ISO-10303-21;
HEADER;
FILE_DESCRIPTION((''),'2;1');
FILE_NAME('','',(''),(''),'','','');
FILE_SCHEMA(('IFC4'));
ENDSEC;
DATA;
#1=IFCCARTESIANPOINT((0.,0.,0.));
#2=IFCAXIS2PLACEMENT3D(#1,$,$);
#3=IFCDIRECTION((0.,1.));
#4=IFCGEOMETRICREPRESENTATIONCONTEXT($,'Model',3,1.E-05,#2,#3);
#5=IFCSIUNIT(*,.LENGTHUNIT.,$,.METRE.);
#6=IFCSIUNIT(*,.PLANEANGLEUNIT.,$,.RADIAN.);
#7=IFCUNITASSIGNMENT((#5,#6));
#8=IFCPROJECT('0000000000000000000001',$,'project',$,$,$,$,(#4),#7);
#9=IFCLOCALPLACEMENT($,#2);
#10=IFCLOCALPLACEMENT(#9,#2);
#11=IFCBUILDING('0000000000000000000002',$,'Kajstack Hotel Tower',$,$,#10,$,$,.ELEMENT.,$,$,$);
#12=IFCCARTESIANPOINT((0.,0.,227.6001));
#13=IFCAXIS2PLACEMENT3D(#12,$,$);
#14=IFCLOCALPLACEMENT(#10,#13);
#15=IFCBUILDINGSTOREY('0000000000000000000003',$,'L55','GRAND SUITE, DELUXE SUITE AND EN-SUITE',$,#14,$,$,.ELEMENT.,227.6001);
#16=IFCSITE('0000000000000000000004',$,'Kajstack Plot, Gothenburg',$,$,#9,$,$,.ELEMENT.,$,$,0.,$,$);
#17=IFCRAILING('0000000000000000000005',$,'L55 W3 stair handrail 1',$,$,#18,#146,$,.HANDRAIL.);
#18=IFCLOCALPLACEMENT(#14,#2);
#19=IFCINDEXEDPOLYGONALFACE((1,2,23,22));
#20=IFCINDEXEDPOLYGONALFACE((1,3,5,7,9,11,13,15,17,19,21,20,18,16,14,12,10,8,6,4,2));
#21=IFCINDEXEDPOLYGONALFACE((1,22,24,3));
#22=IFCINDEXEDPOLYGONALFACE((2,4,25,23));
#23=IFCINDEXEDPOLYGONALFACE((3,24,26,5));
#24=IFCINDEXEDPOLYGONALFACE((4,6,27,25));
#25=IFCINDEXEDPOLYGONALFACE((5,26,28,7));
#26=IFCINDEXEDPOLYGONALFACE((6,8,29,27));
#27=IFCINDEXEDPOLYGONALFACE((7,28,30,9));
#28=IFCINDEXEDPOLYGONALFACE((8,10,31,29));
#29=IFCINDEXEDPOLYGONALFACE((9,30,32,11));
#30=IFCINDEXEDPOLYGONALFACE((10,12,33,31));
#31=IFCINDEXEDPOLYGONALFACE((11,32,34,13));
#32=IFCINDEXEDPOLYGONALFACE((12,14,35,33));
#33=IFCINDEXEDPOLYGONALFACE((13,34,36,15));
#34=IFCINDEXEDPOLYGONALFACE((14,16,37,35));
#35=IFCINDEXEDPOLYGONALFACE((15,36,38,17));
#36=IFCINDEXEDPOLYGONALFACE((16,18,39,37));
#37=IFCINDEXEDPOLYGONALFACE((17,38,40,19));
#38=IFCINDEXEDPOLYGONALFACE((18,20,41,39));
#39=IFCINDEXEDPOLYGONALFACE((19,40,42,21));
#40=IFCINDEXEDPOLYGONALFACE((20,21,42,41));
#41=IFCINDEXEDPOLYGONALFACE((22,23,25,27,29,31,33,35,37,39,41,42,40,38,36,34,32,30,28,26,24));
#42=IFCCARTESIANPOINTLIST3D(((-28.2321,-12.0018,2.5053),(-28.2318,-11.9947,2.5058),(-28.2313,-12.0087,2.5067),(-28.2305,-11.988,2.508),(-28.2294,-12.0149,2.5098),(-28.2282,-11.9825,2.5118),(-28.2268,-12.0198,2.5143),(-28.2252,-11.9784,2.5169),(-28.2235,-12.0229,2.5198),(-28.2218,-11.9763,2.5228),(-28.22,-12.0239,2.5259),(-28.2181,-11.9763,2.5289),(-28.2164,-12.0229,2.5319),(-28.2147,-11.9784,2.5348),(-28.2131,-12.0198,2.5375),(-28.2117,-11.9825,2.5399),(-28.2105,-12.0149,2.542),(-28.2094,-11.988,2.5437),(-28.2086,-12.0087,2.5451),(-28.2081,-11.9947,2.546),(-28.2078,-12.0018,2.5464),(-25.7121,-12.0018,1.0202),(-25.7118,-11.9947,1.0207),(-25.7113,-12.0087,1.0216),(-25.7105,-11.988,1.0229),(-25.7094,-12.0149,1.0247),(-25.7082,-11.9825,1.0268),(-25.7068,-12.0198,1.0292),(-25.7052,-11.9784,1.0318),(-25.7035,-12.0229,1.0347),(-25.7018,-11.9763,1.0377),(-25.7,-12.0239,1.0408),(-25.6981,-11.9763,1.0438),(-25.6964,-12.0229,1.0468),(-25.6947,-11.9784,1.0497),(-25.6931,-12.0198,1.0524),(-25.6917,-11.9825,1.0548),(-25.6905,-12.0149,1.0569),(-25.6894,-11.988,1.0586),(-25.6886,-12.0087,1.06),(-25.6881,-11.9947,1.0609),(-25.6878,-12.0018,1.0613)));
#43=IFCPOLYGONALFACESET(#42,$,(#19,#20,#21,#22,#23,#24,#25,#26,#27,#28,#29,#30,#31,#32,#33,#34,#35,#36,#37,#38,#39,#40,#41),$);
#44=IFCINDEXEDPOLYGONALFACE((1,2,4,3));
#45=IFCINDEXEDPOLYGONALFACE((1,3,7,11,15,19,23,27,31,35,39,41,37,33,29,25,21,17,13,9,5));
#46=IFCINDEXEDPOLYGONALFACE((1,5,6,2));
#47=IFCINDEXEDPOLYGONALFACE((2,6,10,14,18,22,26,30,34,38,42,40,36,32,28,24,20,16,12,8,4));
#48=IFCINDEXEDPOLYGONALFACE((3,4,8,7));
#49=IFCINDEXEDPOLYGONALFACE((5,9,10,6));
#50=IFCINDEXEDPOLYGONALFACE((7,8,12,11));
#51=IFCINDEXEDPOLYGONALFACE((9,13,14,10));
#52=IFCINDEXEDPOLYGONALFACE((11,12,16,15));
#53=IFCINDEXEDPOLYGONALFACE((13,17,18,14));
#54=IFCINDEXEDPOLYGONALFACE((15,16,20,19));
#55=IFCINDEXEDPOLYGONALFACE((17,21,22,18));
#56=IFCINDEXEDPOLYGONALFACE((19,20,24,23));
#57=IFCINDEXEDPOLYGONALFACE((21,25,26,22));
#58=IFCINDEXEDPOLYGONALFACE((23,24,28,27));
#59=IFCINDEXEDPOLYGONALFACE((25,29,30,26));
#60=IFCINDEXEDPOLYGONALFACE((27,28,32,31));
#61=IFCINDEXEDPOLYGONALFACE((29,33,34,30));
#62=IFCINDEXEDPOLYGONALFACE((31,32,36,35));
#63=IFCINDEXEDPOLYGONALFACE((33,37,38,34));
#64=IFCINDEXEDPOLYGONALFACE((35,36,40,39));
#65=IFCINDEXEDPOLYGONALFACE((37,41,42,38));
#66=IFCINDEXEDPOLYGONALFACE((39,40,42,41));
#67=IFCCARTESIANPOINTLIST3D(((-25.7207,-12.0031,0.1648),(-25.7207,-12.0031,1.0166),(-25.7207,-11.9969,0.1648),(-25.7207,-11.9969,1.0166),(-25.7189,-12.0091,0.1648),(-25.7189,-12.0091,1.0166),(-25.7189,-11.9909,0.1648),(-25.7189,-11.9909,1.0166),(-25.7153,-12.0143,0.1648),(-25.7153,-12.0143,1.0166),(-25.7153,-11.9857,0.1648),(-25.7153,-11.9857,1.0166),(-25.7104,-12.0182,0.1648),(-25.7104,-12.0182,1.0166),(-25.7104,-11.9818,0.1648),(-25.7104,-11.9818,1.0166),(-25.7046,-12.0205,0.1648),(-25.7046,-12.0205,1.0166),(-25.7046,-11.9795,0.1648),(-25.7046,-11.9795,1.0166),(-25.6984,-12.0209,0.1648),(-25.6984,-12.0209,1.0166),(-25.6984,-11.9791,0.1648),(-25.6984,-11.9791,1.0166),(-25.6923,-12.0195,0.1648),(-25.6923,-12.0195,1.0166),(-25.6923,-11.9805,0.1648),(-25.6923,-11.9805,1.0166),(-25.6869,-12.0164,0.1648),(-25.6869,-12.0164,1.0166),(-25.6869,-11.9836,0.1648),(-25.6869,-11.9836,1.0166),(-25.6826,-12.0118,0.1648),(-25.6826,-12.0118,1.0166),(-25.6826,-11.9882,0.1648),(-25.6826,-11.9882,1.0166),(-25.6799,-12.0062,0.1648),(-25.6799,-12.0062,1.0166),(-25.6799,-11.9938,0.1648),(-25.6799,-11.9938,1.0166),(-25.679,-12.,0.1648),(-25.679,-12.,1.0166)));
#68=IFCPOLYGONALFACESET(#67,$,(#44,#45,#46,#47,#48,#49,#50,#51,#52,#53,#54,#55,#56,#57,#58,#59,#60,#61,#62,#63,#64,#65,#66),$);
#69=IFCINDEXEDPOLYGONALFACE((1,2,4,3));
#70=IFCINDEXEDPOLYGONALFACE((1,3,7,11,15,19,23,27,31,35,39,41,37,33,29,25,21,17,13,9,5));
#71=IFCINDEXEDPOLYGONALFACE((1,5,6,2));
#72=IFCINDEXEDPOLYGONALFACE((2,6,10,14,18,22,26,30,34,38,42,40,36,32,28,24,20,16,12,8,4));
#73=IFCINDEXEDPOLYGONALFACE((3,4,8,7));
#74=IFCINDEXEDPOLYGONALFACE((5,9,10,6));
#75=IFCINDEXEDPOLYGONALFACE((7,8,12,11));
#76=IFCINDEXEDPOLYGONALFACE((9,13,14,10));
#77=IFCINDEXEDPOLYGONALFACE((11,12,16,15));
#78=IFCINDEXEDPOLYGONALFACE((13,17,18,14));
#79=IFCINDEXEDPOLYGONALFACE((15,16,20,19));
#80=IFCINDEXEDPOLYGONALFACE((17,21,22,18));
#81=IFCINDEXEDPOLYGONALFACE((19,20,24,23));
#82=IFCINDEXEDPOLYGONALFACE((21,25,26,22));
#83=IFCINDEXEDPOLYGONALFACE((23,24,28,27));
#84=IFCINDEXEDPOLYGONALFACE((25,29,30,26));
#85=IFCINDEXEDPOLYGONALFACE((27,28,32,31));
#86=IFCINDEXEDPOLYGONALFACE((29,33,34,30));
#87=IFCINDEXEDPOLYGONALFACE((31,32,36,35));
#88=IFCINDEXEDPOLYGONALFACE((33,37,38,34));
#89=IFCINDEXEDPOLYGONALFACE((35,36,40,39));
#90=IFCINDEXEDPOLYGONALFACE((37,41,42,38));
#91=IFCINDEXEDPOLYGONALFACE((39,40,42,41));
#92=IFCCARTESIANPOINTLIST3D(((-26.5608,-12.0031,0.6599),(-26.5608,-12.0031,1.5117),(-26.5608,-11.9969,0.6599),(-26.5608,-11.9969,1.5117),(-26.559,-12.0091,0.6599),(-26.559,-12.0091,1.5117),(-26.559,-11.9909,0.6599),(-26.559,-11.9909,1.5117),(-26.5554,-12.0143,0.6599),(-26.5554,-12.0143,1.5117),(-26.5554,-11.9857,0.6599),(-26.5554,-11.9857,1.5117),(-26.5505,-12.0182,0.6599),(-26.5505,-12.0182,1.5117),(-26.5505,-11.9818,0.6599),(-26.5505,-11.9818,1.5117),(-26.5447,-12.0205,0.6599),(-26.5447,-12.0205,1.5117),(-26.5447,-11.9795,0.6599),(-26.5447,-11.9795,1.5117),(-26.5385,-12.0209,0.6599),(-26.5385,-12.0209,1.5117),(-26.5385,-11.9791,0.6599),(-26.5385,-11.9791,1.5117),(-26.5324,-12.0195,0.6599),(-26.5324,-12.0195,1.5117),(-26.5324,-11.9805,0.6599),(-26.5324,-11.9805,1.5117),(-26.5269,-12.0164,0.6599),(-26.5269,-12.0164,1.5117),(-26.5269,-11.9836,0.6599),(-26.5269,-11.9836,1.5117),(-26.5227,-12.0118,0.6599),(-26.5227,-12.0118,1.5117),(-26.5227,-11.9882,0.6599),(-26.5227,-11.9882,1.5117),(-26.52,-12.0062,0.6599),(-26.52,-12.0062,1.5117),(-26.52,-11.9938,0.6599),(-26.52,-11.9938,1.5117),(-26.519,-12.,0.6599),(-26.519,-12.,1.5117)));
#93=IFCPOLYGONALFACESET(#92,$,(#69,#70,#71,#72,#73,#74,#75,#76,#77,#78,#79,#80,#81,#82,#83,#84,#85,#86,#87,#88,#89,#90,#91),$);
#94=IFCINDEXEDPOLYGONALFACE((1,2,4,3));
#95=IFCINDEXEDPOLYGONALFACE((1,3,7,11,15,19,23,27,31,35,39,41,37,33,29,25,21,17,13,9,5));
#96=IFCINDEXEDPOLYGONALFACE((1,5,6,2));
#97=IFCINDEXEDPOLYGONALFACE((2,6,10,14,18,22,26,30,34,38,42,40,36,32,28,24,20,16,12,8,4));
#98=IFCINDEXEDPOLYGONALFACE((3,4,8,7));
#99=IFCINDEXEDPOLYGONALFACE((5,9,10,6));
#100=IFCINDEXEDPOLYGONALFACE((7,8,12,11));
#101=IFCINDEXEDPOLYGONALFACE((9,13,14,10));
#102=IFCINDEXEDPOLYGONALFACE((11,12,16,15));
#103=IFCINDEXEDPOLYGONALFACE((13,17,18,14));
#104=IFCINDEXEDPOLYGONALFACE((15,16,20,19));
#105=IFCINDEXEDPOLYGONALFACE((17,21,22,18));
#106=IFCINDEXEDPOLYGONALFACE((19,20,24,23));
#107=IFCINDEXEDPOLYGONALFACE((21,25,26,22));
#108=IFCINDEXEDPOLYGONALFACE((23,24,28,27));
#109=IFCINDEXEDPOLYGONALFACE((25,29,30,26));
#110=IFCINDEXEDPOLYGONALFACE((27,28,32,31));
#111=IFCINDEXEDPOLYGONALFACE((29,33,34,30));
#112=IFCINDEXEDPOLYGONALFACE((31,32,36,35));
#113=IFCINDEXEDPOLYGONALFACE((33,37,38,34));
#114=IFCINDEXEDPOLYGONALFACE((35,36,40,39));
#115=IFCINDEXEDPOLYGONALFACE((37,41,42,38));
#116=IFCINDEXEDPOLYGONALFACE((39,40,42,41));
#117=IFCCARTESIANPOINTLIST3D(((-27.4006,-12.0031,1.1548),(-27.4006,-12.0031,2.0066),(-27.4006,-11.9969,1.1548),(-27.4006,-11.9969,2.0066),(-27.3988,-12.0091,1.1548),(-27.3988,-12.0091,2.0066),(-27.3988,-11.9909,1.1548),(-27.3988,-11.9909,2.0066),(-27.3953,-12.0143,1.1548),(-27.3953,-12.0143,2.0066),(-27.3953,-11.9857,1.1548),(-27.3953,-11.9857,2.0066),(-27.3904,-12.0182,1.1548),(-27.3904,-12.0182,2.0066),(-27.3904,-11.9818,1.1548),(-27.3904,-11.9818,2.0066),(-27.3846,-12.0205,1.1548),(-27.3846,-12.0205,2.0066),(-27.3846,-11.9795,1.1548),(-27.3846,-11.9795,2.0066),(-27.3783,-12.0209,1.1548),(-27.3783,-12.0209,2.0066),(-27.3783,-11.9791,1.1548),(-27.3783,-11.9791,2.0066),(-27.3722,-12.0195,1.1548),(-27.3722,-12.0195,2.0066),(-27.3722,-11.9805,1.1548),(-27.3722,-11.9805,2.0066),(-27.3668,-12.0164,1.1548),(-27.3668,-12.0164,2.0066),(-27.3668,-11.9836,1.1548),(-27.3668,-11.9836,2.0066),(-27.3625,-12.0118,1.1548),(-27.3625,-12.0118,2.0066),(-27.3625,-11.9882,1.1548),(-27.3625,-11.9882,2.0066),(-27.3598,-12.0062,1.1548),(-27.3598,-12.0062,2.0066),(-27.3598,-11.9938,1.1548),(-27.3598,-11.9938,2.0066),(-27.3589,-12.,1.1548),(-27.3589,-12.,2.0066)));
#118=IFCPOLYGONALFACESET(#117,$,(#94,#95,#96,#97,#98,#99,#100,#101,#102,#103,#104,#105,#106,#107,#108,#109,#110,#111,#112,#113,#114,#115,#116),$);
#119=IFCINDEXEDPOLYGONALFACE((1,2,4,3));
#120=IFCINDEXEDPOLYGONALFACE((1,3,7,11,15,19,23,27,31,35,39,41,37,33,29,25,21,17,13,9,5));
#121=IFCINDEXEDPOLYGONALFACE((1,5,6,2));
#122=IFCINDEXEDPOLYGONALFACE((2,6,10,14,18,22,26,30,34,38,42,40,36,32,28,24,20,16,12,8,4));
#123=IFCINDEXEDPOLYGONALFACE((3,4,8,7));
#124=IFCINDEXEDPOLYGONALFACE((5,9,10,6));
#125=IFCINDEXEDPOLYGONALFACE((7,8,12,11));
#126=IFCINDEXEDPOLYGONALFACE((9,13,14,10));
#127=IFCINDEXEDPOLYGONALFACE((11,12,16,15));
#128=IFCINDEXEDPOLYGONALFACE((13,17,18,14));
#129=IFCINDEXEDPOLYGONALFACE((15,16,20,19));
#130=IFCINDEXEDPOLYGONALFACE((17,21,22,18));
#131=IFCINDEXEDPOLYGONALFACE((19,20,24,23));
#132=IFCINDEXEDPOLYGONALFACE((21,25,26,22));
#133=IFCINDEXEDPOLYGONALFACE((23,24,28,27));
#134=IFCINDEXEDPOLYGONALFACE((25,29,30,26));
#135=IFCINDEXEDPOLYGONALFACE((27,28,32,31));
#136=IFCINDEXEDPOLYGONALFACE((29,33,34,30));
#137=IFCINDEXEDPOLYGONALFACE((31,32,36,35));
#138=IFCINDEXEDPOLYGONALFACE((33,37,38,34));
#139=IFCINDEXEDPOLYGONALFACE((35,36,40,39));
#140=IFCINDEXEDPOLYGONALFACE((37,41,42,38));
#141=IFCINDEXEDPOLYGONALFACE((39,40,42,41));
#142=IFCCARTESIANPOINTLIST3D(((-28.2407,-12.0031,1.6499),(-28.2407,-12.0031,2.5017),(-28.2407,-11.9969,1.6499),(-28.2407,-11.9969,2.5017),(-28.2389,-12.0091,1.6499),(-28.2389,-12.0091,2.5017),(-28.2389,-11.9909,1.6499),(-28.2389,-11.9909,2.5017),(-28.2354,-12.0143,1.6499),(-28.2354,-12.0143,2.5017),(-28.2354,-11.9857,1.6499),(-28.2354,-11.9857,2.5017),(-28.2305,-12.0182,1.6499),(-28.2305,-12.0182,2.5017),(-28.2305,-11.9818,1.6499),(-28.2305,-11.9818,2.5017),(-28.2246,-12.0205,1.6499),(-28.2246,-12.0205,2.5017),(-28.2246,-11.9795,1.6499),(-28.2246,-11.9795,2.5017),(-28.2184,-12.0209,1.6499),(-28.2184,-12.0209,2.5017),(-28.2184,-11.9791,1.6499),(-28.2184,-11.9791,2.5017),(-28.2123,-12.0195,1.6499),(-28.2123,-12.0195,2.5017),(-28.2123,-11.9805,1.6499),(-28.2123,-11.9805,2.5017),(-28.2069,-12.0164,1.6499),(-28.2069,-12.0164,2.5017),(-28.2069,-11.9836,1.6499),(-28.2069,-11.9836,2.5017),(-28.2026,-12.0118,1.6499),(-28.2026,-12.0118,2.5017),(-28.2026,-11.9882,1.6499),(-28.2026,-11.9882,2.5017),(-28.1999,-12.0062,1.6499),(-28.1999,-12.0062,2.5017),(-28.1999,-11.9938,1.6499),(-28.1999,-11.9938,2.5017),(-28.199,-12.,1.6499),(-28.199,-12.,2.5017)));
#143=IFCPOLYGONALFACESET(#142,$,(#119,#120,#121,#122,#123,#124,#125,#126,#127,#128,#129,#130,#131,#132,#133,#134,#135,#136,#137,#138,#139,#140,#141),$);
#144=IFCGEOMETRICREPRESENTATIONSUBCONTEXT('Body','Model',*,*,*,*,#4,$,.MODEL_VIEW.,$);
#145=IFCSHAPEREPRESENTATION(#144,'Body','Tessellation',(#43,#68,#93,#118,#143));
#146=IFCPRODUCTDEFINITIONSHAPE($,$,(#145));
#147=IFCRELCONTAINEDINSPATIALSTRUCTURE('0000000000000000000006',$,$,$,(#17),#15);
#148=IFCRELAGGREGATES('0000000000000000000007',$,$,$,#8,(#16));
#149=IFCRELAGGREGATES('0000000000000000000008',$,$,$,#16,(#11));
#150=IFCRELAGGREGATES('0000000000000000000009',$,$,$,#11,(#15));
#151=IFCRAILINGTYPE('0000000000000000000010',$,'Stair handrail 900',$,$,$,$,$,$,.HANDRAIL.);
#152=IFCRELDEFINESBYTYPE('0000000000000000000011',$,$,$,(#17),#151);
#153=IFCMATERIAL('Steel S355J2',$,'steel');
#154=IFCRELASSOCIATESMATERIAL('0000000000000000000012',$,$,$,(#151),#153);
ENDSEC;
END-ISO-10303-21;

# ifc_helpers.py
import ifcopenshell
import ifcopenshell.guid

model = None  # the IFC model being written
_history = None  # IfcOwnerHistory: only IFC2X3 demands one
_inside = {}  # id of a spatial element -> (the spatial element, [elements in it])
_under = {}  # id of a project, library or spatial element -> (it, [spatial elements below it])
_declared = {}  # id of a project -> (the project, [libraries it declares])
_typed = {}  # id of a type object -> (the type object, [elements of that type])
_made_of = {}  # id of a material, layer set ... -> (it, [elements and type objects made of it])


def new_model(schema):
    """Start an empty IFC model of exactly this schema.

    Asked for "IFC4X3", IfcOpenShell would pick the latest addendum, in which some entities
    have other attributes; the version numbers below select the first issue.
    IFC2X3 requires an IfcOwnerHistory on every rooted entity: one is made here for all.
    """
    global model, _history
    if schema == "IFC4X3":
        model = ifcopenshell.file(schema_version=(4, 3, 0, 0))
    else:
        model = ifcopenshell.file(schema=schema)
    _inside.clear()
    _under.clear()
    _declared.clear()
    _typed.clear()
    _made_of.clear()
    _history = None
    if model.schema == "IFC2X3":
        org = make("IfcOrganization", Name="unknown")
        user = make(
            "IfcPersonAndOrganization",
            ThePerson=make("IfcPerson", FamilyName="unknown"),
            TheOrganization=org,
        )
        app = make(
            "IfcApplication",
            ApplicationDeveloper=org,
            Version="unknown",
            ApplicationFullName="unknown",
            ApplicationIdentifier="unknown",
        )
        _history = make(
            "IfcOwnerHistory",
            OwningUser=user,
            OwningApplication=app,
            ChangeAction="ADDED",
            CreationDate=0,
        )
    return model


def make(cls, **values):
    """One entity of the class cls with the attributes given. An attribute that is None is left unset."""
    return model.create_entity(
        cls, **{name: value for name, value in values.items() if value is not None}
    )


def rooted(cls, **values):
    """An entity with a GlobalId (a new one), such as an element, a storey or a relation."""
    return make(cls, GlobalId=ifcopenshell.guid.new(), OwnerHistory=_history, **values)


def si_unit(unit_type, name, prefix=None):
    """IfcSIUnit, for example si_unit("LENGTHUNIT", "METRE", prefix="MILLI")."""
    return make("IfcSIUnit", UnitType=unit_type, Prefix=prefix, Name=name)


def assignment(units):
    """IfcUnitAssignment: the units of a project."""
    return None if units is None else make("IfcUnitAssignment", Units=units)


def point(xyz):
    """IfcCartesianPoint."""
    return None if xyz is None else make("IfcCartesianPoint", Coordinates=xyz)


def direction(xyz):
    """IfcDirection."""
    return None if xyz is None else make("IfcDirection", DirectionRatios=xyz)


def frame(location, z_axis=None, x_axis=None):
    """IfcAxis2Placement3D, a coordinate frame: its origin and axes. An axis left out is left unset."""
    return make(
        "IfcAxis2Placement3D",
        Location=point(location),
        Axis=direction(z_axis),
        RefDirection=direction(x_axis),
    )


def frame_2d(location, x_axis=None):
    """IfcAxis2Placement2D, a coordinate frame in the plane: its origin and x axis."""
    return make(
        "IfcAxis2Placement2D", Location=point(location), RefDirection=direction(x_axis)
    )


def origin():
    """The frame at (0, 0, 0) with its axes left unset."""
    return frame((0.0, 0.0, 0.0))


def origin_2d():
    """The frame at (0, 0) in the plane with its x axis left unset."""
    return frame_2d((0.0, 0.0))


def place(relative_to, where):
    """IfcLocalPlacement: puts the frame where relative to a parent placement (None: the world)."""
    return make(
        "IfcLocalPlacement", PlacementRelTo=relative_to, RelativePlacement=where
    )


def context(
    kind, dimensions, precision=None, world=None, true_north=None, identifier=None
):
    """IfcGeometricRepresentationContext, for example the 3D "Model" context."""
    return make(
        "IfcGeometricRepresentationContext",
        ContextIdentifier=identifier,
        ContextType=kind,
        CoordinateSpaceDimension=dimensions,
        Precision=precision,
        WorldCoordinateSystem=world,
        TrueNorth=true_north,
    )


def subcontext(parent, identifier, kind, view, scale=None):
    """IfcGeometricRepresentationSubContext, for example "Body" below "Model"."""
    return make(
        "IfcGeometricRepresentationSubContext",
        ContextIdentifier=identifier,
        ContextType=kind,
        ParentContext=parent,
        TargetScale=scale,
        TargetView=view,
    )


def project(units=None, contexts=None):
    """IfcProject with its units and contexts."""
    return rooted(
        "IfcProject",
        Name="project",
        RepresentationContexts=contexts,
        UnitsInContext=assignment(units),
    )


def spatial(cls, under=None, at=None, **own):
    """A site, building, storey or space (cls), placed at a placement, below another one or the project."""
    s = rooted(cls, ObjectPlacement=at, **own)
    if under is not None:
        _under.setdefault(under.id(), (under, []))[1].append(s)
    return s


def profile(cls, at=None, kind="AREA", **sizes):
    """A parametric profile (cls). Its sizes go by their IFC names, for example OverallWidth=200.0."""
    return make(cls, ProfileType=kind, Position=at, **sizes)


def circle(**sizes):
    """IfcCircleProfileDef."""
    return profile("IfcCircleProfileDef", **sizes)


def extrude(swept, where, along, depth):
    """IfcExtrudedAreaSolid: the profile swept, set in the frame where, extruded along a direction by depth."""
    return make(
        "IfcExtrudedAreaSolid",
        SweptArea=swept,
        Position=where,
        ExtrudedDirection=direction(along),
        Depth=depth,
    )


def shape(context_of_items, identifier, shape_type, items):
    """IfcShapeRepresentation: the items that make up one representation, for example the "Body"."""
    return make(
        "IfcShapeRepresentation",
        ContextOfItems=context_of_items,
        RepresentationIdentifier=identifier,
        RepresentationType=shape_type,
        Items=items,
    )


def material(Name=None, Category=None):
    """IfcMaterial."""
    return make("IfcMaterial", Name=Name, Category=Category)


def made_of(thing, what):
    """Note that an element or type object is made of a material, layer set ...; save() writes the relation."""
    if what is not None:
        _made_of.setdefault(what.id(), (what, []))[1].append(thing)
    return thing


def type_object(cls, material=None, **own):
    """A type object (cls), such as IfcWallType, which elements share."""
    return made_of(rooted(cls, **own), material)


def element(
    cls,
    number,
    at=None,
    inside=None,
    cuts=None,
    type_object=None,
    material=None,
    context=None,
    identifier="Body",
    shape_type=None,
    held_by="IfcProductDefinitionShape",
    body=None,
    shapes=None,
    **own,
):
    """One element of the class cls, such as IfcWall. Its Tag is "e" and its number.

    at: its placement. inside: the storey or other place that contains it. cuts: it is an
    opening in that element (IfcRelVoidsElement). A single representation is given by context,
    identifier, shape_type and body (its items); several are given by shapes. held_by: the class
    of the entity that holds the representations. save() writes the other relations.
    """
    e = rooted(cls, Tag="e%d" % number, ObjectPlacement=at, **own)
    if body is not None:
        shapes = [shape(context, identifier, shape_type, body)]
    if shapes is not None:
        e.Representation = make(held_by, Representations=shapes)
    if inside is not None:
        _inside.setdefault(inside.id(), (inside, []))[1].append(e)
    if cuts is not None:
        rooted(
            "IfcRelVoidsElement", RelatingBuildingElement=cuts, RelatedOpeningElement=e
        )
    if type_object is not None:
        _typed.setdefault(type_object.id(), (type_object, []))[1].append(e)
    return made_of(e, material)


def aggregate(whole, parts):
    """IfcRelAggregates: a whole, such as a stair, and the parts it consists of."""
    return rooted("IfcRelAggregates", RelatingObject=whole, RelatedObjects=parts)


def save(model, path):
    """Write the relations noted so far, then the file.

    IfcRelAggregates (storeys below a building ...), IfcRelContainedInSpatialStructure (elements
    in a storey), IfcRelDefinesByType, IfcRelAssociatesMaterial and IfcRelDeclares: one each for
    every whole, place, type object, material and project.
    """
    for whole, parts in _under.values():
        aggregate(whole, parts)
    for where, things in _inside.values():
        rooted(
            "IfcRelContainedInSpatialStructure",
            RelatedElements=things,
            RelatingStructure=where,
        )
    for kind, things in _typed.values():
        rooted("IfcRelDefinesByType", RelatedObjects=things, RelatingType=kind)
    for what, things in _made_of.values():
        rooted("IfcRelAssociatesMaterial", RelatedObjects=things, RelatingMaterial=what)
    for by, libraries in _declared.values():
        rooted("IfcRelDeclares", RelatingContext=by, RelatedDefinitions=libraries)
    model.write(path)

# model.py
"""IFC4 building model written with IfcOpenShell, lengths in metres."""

from ifc_helpers import new_model, si_unit, direction, frame, origin, origin_2d, place, context, subcontext, project, spatial, circle, extrude, material, type_object, element, save


model = new_model("IFC4")

# Units and contexts
model_context = context("Model", 3, precision=1e-05, world=origin(), true_north=direction((0.0, 1.0)))
body_context = subcontext(model_context, "Body", "Model", "MODEL_VIEW")
ifc_project = project(units=[si_unit("LENGTHUNIT", "METRE"), si_unit("PLANEANGLEUNIT", "RADIAN")], contexts=[model_context])

# Site, building, storey
site_placement = place(None, origin())
site = spatial("IfcSite", under=ifc_project, at=site_placement, Name="Kajstack Plot, Gothenburg", CompositionType="ELEMENT", RefElevation=0.0)
building_placement = place(site_placement, origin())
building = spatial("IfcBuilding", under=site, at=building_placement, Name="Kajstack Hotel Tower", CompositionType="ELEMENT")
storey_placement = place(building_placement, frame((0.0, 0.0, 227.6001)))
storey = spatial("IfcBuildingStorey", under=building, at=storey_placement, Name="L55", Description="GRAND SUITE, DELUXE SUITE AND EN-SUITE", CompositionType="ELEMENT", Elevation=227.6001)

# Railing
ifc_material_1 = material(Name="Steel S355J2", Category="steel")
railing_type_1 = type_object("IfcRailingType", Name="Stair handrail 900", PredefinedType="HANDRAIL", material=ifc_material_1)
railing_1_placement = place(storey_placement, frame((-25.7, -12.0, 0.1648)))
element("IfcRailing", 1, at=railing_1_placement, inside=storey, type_object=railing_type_1, Name="L55 W3 stair handrail 1", PredefinedType="HANDRAIL", context=body_context, shape_type="SweptSolid", body=[
    extrude(circle(Radius=0.0239, at=origin_2d()), frame((0.0, 0.0, 0.876), z_axis=(-0.861524, 0.0, 0.507717), x_axis=(0.0, -1.0, 0.0)), (0.0, 0.0, 1.0), 2.925),
    extrude(circle(Radius=0.021, at=origin_2d()), origin(), (0.0, 0.0, 1.0), 0.8518),
    extrude(circle(Radius=0.021, at=origin_2d()), frame((-0.8401, 0.0, 0.4951)), (0.0, 0.0, 1.0), 0.8518),
    extrude(circle(Radius=0.021, at=origin_2d()), frame((-1.6799, 0.0, 0.99)), (0.0, 0.0, 1.0), 0.8518),
    extrude(circle(Radius=0.021, at=origin_2d()), frame((-2.52, 0.0, 1.4851)), (0.0, 0.0, 1.0), 0.8518),
])

save(model, "model.ifc")
